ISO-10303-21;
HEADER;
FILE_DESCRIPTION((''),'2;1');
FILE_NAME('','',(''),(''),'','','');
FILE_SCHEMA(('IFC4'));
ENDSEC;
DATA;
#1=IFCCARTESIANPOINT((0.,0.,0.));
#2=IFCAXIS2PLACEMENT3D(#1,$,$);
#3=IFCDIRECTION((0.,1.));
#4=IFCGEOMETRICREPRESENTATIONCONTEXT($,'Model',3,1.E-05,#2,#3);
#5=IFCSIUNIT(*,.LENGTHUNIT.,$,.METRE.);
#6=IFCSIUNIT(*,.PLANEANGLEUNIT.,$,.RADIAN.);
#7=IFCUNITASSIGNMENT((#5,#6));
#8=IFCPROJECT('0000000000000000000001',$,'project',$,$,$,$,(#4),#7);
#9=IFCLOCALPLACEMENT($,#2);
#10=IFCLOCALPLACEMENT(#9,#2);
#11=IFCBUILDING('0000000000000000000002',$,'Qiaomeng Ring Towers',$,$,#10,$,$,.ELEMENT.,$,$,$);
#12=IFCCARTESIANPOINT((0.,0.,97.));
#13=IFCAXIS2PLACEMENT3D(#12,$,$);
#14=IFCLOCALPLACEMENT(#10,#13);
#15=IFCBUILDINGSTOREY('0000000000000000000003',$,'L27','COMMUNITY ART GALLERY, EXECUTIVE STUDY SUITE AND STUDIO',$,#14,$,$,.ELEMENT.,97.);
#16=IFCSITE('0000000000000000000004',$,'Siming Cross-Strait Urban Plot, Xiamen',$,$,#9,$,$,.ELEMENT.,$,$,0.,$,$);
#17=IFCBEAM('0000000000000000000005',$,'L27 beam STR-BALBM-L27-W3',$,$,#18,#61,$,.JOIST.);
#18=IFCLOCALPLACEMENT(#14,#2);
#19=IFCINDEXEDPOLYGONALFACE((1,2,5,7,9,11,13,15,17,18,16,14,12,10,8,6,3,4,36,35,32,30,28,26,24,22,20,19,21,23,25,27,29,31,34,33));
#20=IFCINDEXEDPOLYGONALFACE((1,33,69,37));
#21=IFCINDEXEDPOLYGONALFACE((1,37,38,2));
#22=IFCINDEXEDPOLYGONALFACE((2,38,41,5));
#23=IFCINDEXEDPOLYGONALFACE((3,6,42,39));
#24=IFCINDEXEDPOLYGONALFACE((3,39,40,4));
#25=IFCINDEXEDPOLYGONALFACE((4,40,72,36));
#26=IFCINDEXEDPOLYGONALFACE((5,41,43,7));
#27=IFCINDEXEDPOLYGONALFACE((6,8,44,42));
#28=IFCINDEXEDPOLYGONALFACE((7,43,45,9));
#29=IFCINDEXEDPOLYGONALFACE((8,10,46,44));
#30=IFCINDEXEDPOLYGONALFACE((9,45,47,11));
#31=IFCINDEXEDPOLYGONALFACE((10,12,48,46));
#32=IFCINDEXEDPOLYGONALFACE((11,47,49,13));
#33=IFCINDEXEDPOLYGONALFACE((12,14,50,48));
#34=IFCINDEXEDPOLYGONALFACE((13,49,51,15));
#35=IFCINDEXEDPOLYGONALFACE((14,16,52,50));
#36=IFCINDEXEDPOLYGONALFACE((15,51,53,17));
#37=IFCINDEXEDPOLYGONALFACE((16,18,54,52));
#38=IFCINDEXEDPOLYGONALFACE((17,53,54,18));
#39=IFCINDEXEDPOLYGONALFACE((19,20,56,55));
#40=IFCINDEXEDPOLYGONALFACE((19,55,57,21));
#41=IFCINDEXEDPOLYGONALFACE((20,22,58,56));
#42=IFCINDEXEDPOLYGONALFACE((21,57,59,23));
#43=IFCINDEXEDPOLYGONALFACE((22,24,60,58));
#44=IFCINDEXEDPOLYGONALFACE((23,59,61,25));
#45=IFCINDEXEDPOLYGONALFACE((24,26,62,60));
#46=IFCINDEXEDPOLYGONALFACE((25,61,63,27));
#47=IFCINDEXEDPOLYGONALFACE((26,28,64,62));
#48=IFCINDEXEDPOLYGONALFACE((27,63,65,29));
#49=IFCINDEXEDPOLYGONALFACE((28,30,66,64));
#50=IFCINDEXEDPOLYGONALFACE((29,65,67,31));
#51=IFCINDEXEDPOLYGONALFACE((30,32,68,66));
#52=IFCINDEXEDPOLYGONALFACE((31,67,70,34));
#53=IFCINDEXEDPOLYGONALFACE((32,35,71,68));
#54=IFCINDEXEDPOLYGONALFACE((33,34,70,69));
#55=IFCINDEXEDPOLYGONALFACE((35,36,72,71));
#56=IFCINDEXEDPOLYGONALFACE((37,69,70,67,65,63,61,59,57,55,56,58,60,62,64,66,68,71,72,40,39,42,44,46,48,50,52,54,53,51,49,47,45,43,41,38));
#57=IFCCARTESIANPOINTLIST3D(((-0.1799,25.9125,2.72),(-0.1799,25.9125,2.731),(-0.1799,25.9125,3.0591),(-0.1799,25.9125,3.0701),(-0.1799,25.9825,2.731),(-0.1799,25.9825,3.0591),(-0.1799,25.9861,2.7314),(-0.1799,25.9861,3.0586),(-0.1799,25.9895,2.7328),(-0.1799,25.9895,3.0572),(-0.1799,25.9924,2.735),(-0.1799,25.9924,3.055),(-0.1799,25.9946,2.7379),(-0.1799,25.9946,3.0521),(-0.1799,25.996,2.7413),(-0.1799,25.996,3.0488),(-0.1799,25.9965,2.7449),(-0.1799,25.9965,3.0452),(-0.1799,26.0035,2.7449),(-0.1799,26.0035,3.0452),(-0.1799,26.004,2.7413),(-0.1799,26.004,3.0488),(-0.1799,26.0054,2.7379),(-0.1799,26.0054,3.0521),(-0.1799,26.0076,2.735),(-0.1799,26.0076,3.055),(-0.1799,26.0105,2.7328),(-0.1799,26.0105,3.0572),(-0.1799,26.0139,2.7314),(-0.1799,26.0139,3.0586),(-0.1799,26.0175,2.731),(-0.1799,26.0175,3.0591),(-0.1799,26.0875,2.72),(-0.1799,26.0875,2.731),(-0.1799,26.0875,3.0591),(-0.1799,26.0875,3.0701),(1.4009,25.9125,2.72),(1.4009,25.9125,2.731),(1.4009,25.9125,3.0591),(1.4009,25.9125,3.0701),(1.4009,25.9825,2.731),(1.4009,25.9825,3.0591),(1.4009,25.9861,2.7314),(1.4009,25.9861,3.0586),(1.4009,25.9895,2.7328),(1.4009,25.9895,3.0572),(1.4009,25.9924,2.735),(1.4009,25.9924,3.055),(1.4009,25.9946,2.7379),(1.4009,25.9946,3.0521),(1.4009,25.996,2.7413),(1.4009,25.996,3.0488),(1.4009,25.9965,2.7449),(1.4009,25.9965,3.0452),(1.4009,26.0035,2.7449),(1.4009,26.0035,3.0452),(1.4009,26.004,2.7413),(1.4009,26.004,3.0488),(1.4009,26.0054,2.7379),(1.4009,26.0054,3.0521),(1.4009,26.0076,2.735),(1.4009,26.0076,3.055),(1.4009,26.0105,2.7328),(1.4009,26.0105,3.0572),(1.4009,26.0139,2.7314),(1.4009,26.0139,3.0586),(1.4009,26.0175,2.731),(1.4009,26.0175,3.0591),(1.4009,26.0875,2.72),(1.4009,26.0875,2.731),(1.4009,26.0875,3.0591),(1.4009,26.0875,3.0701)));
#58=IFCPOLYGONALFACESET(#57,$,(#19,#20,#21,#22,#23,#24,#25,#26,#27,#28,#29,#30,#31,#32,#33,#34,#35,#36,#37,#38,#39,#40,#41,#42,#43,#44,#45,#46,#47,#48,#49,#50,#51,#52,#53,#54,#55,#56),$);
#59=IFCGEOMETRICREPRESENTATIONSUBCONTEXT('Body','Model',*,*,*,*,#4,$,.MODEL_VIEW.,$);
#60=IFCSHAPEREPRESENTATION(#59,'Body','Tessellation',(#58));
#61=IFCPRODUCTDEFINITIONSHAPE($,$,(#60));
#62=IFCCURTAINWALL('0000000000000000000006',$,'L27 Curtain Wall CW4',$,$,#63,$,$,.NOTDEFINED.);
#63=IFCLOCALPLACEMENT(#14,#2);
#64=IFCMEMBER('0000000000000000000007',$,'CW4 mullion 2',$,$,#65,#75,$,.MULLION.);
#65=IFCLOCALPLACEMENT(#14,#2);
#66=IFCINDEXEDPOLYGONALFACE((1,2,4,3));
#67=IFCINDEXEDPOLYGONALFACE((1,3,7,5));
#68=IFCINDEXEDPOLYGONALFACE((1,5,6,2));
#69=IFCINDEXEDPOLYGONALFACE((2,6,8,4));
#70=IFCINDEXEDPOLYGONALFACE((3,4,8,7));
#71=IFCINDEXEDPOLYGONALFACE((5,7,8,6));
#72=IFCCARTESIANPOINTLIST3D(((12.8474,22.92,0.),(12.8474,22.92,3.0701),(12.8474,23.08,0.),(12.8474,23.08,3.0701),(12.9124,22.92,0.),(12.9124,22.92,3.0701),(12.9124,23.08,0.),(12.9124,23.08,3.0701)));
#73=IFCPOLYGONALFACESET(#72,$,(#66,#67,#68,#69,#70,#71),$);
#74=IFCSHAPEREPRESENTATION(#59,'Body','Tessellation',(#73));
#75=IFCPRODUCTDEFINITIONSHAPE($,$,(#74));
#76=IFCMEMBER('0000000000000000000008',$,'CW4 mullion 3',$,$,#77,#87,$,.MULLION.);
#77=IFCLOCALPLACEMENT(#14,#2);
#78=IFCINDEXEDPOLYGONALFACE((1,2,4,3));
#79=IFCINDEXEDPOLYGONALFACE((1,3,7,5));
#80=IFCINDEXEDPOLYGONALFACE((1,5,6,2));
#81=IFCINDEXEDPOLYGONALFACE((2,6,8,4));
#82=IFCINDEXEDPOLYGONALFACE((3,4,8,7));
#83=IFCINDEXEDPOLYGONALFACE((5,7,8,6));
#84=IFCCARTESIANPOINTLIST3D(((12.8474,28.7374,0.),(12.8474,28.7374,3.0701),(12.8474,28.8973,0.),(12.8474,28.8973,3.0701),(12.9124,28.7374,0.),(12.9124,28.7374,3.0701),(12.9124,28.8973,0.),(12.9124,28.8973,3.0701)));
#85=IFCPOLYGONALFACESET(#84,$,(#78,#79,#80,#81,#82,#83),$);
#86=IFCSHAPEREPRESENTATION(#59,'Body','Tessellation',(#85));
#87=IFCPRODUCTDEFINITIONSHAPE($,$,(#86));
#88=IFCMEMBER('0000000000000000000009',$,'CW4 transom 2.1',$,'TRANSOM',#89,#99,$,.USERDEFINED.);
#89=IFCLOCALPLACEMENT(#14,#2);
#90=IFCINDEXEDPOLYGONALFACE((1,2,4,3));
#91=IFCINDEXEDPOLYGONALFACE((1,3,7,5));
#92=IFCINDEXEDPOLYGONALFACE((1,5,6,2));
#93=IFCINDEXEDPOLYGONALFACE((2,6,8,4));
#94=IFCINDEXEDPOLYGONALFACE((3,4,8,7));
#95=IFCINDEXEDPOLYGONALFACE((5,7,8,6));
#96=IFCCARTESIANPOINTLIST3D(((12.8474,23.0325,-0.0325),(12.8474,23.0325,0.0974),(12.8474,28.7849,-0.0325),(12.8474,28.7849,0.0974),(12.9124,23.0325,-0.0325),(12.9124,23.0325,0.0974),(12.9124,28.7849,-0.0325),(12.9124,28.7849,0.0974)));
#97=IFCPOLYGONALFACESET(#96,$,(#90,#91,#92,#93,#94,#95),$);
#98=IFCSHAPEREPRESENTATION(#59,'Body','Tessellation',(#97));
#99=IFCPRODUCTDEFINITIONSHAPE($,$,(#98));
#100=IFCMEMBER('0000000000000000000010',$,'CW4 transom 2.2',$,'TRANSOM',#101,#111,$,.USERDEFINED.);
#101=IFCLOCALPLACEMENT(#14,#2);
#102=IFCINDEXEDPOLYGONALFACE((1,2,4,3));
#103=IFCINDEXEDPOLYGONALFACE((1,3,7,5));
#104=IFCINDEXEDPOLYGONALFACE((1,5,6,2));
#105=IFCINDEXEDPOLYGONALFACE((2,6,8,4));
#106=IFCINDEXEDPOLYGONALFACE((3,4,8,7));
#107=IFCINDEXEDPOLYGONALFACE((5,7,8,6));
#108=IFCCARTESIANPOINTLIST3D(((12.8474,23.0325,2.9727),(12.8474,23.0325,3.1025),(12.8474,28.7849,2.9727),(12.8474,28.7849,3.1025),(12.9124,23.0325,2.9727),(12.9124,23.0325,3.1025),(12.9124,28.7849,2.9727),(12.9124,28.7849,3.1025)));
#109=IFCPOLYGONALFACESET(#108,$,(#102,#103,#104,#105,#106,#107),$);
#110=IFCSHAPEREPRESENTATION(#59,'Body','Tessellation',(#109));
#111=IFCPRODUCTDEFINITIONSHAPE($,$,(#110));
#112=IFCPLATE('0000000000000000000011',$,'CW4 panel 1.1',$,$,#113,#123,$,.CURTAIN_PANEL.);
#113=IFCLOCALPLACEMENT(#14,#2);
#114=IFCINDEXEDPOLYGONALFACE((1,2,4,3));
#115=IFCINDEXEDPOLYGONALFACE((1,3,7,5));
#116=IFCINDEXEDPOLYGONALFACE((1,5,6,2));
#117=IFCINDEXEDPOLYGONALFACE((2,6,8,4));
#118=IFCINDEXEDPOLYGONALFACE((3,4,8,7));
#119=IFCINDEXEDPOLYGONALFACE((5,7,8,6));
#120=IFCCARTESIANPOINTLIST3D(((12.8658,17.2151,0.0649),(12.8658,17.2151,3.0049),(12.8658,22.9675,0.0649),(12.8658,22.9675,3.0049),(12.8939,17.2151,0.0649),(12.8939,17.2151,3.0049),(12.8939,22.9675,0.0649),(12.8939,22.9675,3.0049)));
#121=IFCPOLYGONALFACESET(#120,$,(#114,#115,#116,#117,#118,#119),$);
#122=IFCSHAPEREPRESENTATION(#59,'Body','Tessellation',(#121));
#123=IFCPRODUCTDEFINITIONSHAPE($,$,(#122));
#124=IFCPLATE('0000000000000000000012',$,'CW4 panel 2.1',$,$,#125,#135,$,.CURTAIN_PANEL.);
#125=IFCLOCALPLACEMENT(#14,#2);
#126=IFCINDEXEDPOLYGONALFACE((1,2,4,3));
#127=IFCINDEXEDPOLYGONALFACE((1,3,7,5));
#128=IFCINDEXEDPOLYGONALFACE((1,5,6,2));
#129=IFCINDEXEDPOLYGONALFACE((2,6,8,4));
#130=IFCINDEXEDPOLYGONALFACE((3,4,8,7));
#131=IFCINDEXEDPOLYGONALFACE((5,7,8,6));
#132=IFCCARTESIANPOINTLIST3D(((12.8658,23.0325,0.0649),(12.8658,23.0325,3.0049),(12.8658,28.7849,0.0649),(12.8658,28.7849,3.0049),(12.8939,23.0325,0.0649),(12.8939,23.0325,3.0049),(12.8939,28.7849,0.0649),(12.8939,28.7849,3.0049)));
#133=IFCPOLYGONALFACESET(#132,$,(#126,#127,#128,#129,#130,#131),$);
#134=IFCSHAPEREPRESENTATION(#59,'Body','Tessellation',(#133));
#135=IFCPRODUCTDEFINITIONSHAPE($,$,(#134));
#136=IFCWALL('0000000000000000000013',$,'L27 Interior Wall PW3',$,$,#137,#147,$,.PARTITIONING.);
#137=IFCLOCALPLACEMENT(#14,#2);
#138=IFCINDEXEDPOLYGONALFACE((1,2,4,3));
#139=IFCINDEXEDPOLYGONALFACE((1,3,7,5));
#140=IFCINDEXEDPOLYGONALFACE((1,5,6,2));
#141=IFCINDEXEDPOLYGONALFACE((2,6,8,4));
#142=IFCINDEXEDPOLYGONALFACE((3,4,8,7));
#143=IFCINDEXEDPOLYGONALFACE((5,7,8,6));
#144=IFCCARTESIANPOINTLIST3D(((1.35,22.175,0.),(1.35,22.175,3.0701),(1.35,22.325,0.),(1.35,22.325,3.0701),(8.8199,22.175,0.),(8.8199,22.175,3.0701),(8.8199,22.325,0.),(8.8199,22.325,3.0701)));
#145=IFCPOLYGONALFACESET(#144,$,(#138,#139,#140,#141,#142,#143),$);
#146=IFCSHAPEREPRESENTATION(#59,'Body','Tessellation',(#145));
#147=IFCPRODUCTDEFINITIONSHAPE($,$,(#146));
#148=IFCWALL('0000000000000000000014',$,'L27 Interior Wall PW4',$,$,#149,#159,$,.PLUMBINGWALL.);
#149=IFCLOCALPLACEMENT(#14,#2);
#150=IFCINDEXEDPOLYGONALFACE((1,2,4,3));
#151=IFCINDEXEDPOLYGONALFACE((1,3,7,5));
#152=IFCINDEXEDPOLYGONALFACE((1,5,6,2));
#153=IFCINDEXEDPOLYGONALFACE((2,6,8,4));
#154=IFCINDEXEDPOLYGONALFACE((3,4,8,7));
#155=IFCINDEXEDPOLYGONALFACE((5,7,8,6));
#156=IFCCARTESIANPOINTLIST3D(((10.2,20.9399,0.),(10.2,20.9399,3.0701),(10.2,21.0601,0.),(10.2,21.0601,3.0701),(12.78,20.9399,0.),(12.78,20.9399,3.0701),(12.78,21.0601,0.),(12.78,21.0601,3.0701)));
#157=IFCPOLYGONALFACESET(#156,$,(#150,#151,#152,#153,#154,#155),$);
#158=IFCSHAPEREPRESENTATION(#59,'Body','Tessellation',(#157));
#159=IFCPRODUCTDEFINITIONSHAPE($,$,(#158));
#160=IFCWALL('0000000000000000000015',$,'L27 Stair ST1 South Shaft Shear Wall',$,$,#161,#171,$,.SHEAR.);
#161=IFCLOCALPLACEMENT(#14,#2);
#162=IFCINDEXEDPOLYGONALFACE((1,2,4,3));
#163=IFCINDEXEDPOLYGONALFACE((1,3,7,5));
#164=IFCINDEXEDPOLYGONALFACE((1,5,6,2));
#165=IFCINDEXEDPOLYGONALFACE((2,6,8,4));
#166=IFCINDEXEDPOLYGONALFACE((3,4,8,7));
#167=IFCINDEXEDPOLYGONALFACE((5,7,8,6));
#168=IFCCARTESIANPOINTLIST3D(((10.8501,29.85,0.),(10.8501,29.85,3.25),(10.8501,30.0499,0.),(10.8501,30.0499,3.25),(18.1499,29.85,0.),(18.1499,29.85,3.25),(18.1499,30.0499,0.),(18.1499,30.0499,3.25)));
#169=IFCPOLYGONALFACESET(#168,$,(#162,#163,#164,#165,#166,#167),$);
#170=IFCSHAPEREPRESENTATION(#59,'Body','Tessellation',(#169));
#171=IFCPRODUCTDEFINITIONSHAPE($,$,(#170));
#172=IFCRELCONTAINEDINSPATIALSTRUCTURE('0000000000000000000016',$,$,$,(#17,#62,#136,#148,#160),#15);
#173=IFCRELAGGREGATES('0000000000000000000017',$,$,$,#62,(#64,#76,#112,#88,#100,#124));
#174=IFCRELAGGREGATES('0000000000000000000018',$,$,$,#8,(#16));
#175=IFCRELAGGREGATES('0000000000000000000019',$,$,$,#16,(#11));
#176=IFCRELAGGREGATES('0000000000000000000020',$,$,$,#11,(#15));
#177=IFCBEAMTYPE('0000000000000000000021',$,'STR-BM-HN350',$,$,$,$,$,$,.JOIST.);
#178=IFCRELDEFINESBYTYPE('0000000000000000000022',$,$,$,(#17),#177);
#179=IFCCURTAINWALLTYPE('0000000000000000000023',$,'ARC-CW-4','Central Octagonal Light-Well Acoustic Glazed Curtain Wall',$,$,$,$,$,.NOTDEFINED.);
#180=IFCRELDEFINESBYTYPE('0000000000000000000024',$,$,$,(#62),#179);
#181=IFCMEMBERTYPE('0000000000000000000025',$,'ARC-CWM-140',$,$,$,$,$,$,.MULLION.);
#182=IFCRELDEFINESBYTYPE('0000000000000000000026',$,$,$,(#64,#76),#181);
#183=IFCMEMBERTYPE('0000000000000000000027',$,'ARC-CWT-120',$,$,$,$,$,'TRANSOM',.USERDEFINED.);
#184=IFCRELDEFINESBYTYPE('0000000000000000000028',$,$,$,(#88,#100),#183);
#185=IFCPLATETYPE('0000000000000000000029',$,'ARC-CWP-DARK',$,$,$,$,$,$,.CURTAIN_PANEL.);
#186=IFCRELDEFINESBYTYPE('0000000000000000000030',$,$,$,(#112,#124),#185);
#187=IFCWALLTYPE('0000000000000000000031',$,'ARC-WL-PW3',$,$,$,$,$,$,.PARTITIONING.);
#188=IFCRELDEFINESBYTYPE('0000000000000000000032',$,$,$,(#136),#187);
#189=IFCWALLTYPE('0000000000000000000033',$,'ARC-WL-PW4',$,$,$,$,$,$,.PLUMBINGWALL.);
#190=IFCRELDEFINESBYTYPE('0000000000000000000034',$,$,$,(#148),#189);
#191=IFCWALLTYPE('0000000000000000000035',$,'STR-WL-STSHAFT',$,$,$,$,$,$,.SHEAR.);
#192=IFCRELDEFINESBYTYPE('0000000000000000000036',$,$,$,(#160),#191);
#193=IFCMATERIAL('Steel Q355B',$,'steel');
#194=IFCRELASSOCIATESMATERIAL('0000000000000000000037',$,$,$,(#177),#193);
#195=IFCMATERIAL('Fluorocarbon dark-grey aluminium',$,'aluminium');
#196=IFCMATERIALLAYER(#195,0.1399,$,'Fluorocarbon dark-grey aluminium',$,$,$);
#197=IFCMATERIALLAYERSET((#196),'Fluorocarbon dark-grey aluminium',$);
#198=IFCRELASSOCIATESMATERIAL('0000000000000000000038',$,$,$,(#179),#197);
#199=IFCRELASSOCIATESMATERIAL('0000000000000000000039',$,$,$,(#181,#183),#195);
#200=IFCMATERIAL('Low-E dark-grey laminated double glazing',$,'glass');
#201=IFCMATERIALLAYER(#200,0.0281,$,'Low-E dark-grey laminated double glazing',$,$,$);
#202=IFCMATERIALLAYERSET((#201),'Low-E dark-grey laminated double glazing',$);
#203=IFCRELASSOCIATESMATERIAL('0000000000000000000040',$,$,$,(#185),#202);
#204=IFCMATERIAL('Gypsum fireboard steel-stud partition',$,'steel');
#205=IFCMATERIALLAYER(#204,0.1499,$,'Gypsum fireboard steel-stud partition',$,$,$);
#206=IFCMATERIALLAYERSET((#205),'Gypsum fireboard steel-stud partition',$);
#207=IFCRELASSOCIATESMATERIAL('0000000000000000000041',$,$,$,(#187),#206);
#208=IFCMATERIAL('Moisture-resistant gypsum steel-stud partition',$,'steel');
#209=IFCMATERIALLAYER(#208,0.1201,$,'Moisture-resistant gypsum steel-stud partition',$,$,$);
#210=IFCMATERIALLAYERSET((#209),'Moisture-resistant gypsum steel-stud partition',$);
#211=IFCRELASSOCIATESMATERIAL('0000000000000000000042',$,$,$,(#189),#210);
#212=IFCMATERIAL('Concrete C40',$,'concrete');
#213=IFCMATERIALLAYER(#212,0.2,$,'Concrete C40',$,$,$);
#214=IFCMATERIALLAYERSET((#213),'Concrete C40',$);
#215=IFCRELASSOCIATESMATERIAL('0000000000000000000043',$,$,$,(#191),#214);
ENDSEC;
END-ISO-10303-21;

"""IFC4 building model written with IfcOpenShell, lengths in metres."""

from ifc_helpers import new_model, si_unit, direction, frame, frame_2d, origin, origin_2d, place, context, subcontext, project, spatial, rectangle, i_section, extrude, source, transform, mapped, material, layer, layer_set, material_profile, profile_set, type_object, element, aggregate, save


model = new_model("IFC4")

# Units and contexts
model_context = context("Model", 3, precision=1e-05, world=origin(), true_north=direction((0.0, 1.0)))
body_context = subcontext(model_context, "Body", "Model", "MODEL_VIEW")
ifc_project = project(units=[si_unit("LENGTHUNIT", "METRE"), si_unit("PLANEANGLEUNIT", "RADIAN")], contexts=[model_context])

# Site, building, storey
site_placement = place(None, origin())
site = spatial("IfcSite", under=ifc_project, at=site_placement, Name="Siming Cross-Strait Urban Plot, Xiamen", CompositionType="ELEMENT", RefElevation=0.0)
building_placement = place(site_placement, origin())
building = spatial("IfcBuilding", under=site, at=building_placement, Name="Qiaomeng Ring Towers", CompositionType="ELEMENT")
storey_placement = place(building_placement, frame((0.0, 0.0, 97.0)))
storey = spatial("IfcBuildingStorey", under=building, at=storey_placement, Name="L27", Description="COMMUNITY ART GALLERY, EXECUTIVE STUDY SUITE AND STUDIO", CompositionType="ELEMENT", Elevation=97.0)

# Beam
ifc_material_1 = material(Name="Steel Q355B", Category="steel")
ifc_material_profile_1 = material_profile(ifc_material_1, i_section(OverallWidth=0.175, OverallDepth=0.3501, WebThickness=0.0071, FlangeThickness=0.011, FilletRadius=0.0139, at=origin_2d()), Name="HN 350x175x7x11")
ifc_profile_set_1 = profile_set([ifc_material_profile_1], Name="Steel Q355B")
beam_type_1 = type_object("IfcBeamType", Name="STR-BM-HN350", PredefinedType="JOIST", material=ifc_profile_set_1)
shared_shape_1 = source(origin(), body_context, "Body", "SweptSolid", [
    extrude(i_section(OverallWidth=0.175, OverallDepth=0.3501, WebThickness=0.0071, FlangeThickness=0.011, FilletRadius=0.0139, at=origin_2d()), origin(), (0.0, 0.0, 1.0), 1.5808),
])
beam_1_placement = place(storey_placement, frame((-0.1799, 26.0, 2.895), z_axis=(1.0, 0.0, 0.0), x_axis=(0.0, 1.0, 0.0)))
element("IfcBeam", 1, at=beam_1_placement, inside=storey, type_object=beam_type_1, Name="L27 beam STR-BALBM-L27-W3", PredefinedType="JOIST", context=body_context, shape_type="MappedRepresentation", body=[
    mapped(shared_shape_1, transform((0.0, 0.0, 0.0), x_axis=(1.0, 0.0, 0.0), y_axis=(0.0, 1.0, 0.0), z_axis=(0.0, 0.0, 1.0), scale=1.0)),
])

# Curtain wall, members, plates
ifc_material_2 = material(Name="Fluorocarbon dark-grey aluminium", Category="aluminium")
ifc_layer_1 = layer(ifc_material_2, 0.1399, Name="Fluorocarbon dark-grey aluminium")
ifc_layer_set_1 = layer_set([ifc_layer_1], Name="Fluorocarbon dark-grey aluminium")
curtain_wall_type = type_object("IfcCurtainWallType", Name="ARC-CW-4", Description="Central Octagonal Light-Well Acoustic Glazed Curtain Wall", PredefinedType="NOTDEFINED", material=ifc_layer_set_1)
curtain_wall_placement = place(storey_placement, origin())
curtain_wall = element("IfcCurtainWall", 2, at=curtain_wall_placement, inside=storey, type_object=curtain_wall_type, Name="L27 Curtain Wall CW4", PredefinedType="NOTDEFINED")
ifc_material_profile_2 = material_profile(ifc_material_2, rectangle(XDim=0.0649, YDim=0.1599, at=origin_2d()), Name="ALU MULL 65x160")
ifc_profile_set_2 = profile_set([ifc_material_profile_2], Name="Fluorocarbon dark-grey aluminium")
member_type_1 = type_object("IfcMemberType", Name="ARC-CWM-140", PredefinedType="MULLION", material=ifc_profile_set_2)
shared_shape_2 = source(origin(), body_context, "Body", "SweptSolid", [
    extrude(rectangle(XDim=0.0649, YDim=0.1599, at=origin_2d()), origin(), (0.0, 0.0, 1.0), 3.0701),
])
member_1_placement = place(storey_placement, frame((12.8799, 23.0, 0.0), z_axis=(0.0, 0.0, 1.0), x_axis=(-1.0, 0.0, 0.0)))
member_1 = element("IfcMember", 3, at=member_1_placement, type_object=member_type_1, Name="CW4 mullion 2", PredefinedType="MULLION", context=body_context, shape_type="MappedRepresentation", body=[
    mapped(shared_shape_2, transform((0.0, 0.0, 0.0), x_axis=(1.0, 0.0, 0.0), y_axis=(0.0, 1.0, 0.0), z_axis=(0.0, 0.0, 1.0), scale=1.0)),
])
member_2_placement = place(storey_placement, frame((12.8799, 28.8174, 0.0), z_axis=(0.0, 0.0, 1.0), x_axis=(-1.0, 0.0, 0.0)))
member_2 = element("IfcMember", 4, at=member_2_placement, type_object=member_type_1, Name="CW4 mullion 3", PredefinedType="MULLION", context=body_context, shape_type="MappedRepresentation", body=[
    mapped(shared_shape_2, transform((0.0, 0.0, 0.0), x_axis=(1.0, 0.0, 0.0), y_axis=(0.0, 1.0, 0.0), z_axis=(0.0, 0.0, 1.0), scale=1.0)),
])
ifc_material_profile_3 = material_profile(ifc_material_2, rectangle(XDim=0.0649, YDim=0.1299, at=origin_2d()), Name="ALU TRAN 65x130")
ifc_profile_set_3 = profile_set([ifc_material_profile_3], Name="Fluorocarbon dark-grey aluminium")
member_type_2 = type_object("IfcMemberType", Name="ARC-CWT-120", ElementType="TRANSOM", PredefinedType="USERDEFINED", material=ifc_profile_set_3)
shared_shape_3 = source(origin(), body_context, "Body", "SweptSolid", [
    extrude(rectangle(XDim=0.0649, YDim=0.1299, at=origin_2d()), origin(), (0.0, 0.0, 1.0), 5.7524),
])
member_3_placement = place(storey_placement, frame((12.8799, 23.0325, 0.0325), z_axis=(0.0, 1.0, 0.0), x_axis=(-1.0, 0.0, 0.0)))
member_3 = element("IfcMember", 5, at=member_3_placement, type_object=member_type_2, Name="CW4 transom 2.1", ObjectType="TRANSOM", PredefinedType="USERDEFINED", context=body_context, shape_type="MappedRepresentation", body=[
    mapped(shared_shape_3, transform((0.0, 0.0, 0.0), x_axis=(1.0, 0.0, 0.0), y_axis=(0.0, 1.0, 0.0), z_axis=(0.0, 0.0, 1.0), scale=1.0)),
])
member_4_placement = place(storey_placement, frame((12.8799, 23.0325, 3.0376), z_axis=(0.0, 1.0, 0.0), x_axis=(-1.0, 0.0, 0.0)))
member_4 = element("IfcMember", 6, at=member_4_placement, type_object=member_type_2, Name="CW4 transom 2.2", ObjectType="TRANSOM", PredefinedType="USERDEFINED", context=body_context, shape_type="MappedRepresentation", body=[
    mapped(shared_shape_3, transform((0.0, 0.0, 0.0), x_axis=(1.0, 0.0, 0.0), y_axis=(0.0, 1.0, 0.0), z_axis=(0.0, 0.0, 1.0), scale=1.0)),
])
ifc_material_3 = material(Name="Low-E dark-grey laminated double glazing", Category="glass")
ifc_layer_2 = layer(ifc_material_3, 0.0281, Name="Low-E dark-grey laminated double glazing")
ifc_layer_set_2 = layer_set([ifc_layer_2], Name="Low-E dark-grey laminated double glazing")
plate_type = type_object("IfcPlateType", Name="ARC-CWP-DARK", PredefinedType="CURTAIN_PANEL", material=ifc_layer_set_2)
shared_shape_4 = source(origin(), body_context, "Body", "SweptSolid", [
    extrude(rectangle(XDim=5.7524, YDim=0.0281, at=origin_2d()), origin(), (0.0, 0.0, 1.0), 2.9399),
])
plate_1_placement = place(storey_placement, frame((12.8799, 20.0913, 0.0649), z_axis=(0.0, 0.0, 1.0), x_axis=(0.0, 1.0, 0.0)))
plate_1 = element("IfcPlate", 7, at=plate_1_placement, type_object=plate_type, Name="CW4 panel 1.1", PredefinedType="CURTAIN_PANEL", context=body_context, shape_type="MappedRepresentation", body=[
    mapped(shared_shape_4, transform((0.0, 0.0, 0.0), x_axis=(1.0, 0.0, 0.0), y_axis=(0.0, 1.0, 0.0), z_axis=(0.0, 0.0, 1.0), scale=1.0)),
])
plate_2_placement = place(storey_placement, frame((12.8799, 25.9087, 0.0649), z_axis=(0.0, 0.0, 1.0), x_axis=(0.0, 1.0, 0.0)))
plate_2 = element("IfcPlate", 8, at=plate_2_placement, type_object=plate_type, Name="CW4 panel 2.1", PredefinedType="CURTAIN_PANEL", context=body_context, shape_type="MappedRepresentation", body=[
    mapped(shared_shape_4, transform((0.0, 0.0, 0.0), x_axis=(1.0, 0.0, 0.0), y_axis=(0.0, 1.0, 0.0), z_axis=(0.0, 0.0, 1.0), scale=1.0)),
])
aggregate(curtain_wall, [member_1, member_2, plate_1, member_3, member_4, plate_2])

# Walls
ifc_material_4 = material(Name="Gypsum fireboard steel-stud partition", Category="steel")
ifc_layer_3 = layer(ifc_material_4, 0.1499, Name="Gypsum fireboard steel-stud partition")
ifc_layer_set_3 = layer_set([ifc_layer_3], Name="Gypsum fireboard steel-stud partition")
wall_type_1 = type_object("IfcWallType", Name="ARC-WL-PW3", PredefinedType="PARTITIONING", material=ifc_layer_set_3)
wall_1_placement = place(storey_placement, frame((1.3501, 22.25, 0.0), z_axis=(0.0, 0.0, 1.0), x_axis=(1.0, 0.0, 0.0)))
element("IfcWall", 9, at=wall_1_placement, inside=storey, type_object=wall_type_1, Name="L27 Interior Wall PW3", PredefinedType="PARTITIONING", context=body_context, shape_type="SweptSolid", body=[
    extrude(rectangle(XDim=7.47, YDim=0.1499, at=frame_2d((3.7349, 0.0))), origin(), (0.0, 0.0, 1.0), 3.0701),
])
ifc_material_5 = material(Name="Moisture-resistant gypsum steel-stud partition", Category="steel")
ifc_layer_4 = layer(ifc_material_5, 0.1201, Name="Moisture-resistant gypsum steel-stud partition")
ifc_layer_set_4 = layer_set([ifc_layer_4], Name="Moisture-resistant gypsum steel-stud partition")
wall_type_2 = type_object("IfcWallType", Name="ARC-WL-PW4", PredefinedType="PLUMBINGWALL", material=ifc_layer_set_4)
wall_2_placement = place(storey_placement, frame((10.2, 21.0, 0.0), z_axis=(0.0, 0.0, 1.0), x_axis=(1.0, 0.0, 0.0)))
element("IfcWall", 10, at=wall_2_placement, inside=storey, type_object=wall_type_2, Name="L27 Interior Wall PW4", PredefinedType="PLUMBINGWALL", context=body_context, shape_type="SweptSolid", body=[
    extrude(rectangle(XDim=2.5801, YDim=0.1201, at=frame_2d((1.29, 0.0))), origin(), (0.0, 0.0, 1.0), 3.0701),
])
ifc_material_6 = material(Name="Concrete C40", Category="concrete")
ifc_layer_5 = layer(ifc_material_6, 0.2, Name="Concrete C40")
ifc_layer_set_5 = layer_set([ifc_layer_5], Name="Concrete C40")
wall_type_3 = type_object("IfcWallType", Name="STR-WL-STSHAFT", PredefinedType="SHEAR", material=ifc_layer_set_5)
wall_3_placement = place(storey_placement, frame((10.8501, 29.95, 0.0), z_axis=(0.0, 0.0, 1.0), x_axis=(1.0, 0.0, 0.0)))
element("IfcWall", 11, at=wall_3_placement, inside=storey, type_object=wall_type_3, Name="L27 Stair ST1 South Shaft Shear Wall", PredefinedType="SHEAR", context=body_context, shape_type="SweptSolid", body=[
    extrude(rectangle(XDim=7.2998, YDim=0.2, at=frame_2d((3.6499, 0.0))), origin(), (0.0, 0.0, 1.0), 3.25),
])

save(model, "model.ifc")
